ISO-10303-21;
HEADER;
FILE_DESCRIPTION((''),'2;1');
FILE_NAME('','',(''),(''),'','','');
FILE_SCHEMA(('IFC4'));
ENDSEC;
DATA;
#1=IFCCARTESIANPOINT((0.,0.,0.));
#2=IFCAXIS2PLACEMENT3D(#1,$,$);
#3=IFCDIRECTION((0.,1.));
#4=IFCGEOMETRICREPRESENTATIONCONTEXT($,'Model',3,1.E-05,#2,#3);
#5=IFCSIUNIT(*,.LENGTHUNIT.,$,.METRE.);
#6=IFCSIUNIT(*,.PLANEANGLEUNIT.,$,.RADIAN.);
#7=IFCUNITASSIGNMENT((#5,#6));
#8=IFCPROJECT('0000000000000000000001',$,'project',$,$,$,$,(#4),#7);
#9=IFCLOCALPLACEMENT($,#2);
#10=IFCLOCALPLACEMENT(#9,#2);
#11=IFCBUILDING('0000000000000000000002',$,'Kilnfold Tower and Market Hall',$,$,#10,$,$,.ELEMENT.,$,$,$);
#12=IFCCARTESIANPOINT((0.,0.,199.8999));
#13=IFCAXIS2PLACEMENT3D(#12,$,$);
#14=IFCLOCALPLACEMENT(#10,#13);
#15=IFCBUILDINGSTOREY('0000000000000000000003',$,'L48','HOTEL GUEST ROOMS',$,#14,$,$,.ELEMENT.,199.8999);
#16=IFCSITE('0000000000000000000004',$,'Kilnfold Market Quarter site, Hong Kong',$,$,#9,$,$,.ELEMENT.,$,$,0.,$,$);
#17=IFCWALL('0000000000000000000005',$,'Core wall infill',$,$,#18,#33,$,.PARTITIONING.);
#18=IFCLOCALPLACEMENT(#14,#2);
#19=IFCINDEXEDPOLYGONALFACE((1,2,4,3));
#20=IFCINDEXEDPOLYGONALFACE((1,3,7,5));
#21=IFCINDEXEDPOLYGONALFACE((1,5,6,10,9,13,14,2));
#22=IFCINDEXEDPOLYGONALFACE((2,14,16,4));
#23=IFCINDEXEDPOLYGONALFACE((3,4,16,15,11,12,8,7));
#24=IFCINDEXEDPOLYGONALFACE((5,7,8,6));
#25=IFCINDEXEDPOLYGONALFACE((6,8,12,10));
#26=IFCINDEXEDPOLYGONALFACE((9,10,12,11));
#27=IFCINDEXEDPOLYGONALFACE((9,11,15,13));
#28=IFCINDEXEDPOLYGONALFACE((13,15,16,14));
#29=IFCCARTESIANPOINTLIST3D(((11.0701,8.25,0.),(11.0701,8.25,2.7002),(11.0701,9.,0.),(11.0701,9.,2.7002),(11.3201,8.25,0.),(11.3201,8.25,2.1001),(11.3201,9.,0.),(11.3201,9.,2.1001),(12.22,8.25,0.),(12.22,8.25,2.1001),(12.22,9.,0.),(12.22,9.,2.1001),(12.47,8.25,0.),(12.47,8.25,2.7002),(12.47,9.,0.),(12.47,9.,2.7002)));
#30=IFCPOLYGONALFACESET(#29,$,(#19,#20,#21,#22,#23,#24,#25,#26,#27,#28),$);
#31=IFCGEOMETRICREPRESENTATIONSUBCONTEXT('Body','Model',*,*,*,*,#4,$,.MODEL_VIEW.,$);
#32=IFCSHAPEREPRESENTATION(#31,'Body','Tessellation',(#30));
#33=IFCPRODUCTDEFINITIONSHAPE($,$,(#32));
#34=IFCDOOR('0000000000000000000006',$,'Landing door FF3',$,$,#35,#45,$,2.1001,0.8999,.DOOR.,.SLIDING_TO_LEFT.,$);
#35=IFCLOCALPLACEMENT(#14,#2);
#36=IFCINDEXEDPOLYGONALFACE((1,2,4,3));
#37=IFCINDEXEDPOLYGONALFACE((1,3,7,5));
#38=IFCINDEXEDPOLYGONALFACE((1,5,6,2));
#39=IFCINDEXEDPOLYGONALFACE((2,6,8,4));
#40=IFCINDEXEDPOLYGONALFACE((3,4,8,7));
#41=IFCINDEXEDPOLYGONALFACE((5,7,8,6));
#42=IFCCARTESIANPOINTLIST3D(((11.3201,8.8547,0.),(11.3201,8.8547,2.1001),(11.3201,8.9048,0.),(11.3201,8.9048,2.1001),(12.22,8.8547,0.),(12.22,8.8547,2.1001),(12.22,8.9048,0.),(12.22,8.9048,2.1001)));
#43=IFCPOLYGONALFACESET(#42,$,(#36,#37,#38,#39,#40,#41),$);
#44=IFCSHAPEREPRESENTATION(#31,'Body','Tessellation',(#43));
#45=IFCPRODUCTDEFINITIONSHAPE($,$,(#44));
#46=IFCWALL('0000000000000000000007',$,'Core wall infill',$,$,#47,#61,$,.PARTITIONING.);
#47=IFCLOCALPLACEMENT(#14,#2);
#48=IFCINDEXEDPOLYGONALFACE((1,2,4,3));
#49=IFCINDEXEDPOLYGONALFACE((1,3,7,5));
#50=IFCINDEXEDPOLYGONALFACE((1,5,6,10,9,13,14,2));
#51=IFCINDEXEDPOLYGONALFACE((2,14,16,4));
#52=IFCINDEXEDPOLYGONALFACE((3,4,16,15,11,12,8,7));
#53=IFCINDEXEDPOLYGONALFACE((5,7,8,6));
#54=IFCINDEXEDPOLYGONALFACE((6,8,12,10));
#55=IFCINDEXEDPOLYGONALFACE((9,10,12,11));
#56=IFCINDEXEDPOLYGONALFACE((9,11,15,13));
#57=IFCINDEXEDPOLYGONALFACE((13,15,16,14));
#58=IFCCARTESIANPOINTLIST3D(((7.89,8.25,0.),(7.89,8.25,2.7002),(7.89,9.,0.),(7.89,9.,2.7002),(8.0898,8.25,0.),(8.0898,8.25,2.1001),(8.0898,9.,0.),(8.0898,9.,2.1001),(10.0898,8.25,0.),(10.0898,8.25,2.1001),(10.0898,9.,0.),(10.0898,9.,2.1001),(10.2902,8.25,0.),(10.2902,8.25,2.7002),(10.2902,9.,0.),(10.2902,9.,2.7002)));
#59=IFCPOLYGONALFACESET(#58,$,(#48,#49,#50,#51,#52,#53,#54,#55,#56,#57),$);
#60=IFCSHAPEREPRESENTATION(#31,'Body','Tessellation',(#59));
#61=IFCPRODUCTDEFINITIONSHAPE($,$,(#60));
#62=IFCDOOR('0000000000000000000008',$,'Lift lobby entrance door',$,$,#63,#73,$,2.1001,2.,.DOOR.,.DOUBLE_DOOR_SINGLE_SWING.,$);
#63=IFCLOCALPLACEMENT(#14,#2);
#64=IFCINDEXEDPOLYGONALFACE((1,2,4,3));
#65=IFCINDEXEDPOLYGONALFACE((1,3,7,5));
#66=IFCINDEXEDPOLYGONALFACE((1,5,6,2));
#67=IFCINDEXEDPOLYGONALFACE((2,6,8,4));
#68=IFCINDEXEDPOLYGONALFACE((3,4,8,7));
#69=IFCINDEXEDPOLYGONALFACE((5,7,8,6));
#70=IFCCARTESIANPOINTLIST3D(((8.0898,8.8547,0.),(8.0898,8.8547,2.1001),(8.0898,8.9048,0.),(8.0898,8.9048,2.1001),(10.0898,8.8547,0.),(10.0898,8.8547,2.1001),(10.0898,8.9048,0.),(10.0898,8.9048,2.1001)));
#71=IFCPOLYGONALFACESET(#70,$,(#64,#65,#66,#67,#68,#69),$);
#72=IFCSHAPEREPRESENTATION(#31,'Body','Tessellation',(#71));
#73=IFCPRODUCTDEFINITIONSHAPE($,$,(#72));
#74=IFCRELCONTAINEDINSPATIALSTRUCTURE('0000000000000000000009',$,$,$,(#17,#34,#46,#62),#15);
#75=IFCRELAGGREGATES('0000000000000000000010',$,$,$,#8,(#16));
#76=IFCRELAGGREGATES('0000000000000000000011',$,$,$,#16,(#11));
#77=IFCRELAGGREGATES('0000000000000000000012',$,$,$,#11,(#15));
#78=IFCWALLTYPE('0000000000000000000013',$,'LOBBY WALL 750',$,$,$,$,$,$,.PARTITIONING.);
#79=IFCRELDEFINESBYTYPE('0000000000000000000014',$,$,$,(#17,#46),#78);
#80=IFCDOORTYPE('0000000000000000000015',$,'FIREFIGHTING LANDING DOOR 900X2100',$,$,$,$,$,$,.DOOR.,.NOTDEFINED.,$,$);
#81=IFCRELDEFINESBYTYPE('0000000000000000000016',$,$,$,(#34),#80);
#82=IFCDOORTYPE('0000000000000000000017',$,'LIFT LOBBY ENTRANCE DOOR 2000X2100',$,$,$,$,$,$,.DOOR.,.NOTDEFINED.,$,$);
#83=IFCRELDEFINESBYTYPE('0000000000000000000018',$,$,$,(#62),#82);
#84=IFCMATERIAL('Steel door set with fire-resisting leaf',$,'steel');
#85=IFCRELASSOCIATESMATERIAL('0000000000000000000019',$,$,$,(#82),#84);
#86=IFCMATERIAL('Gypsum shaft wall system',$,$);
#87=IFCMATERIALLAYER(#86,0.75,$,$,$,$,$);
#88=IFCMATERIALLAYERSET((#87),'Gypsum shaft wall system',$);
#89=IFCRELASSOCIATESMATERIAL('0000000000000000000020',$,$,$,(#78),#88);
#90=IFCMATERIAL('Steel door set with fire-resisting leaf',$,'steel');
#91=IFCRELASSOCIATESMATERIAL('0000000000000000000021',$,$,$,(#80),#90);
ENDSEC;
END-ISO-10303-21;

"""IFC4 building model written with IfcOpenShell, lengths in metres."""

from ifc_helpers import new_model, si_unit, direction, frame, frame_2d, origin, place, context, subcontext, project, spatial, rectangle, extrude, source, transform, mapped, material, layer, layer_set, type_object, element, fill, save


model = new_model("IFC4")

# Units and contexts
model_context = context("Model", 3, precision=1e-05, world=origin(), true_north=direction((0.0, 1.0)))
body_context = subcontext(model_context, "Body", "Model", "MODEL_VIEW")
ifc_project = project(units=[si_unit("LENGTHUNIT", "METRE"), si_unit("PLANEANGLEUNIT", "RADIAN")], contexts=[model_context])

# Site, building, storey
site_placement = place(None, origin())
site = spatial("IfcSite", under=ifc_project, at=site_placement, Name="Kilnfold Market Quarter site, Hong Kong", CompositionType="ELEMENT", RefElevation=0.0)
building_placement = place(site_placement, origin())
building = spatial("IfcBuilding", under=site, at=building_placement, Name="Kilnfold Tower and Market Hall", CompositionType="ELEMENT")
storey_placement = place(building_placement, frame((0.0, 0.0, 199.8999)))
storey = spatial("IfcBuildingStorey", under=building, at=storey_placement, Name="L48", Description="HOTEL GUEST ROOMS", CompositionType="ELEMENT", Elevation=199.8999)

# Shared definitions
ifc_material_1 = material(Name="Steel door set with fire-resisting leaf", Category="steel")
door_type_1 = type_object("IfcDoorType", Name="LIFT LOBBY ENTRANCE DOOR 2000X2100", OperationType="NOTDEFINED", PredefinedType="DOOR", material=ifc_material_1)

# Walls, openings, doors
ifc_material_2 = material(Name="Gypsum shaft wall system")
ifc_layer_1 = layer(ifc_material_2, 0.75)
ifc_layer_set_1 = layer_set([ifc_layer_1], Name="Gypsum shaft wall system")
wall_type_1 = type_object("IfcWallType", Name="LOBBY WALL 750", PredefinedType="PARTITIONING", material=ifc_layer_set_1)
shared_shape_1 = source(origin(), body_context, "Body", "SweptSolid", [
    extrude(rectangle(XDim=1.3999, YDim=0.75, at=frame_2d((0.7, 0.0))), origin(), (0.0, 0.0, 1.0), 2.7002),
])
wall_1_placement = place(storey_placement, frame((11.0701, 8.625, 0.0), z_axis=(0.0, 0.0, 1.0), x_axis=(1.0, 0.0, 0.0)))
wall_1 = element("IfcWall", 1, at=wall_1_placement, inside=storey, type_object=wall_type_1, Name="Core wall infill", PredefinedType="PARTITIONING", context=body_context, shape_type="MappedRepresentation", body=[
    mapped(shared_shape_1, transform((0.0, 0.0, 0.0))),
])
opening_1_placement = place(wall_1_placement, frame((0.25, 0.0, 0.0)))
opening_1 = element("IfcOpeningElement", 2, at=opening_1_placement, cuts=wall_1, PredefinedType="OPENING", context=body_context, shape_type="SweptSolid", body=[
    extrude(rectangle(XDim=0.8999, YDim=2.1001, at=frame_2d((0.45, 1.05))), frame((0.0, 0.385, 0.0), z_axis=(0.0, -1.0, 0.0), x_axis=(1.0, 0.0, 0.0)), (0.0, 0.0, 1.0), 0.77),
])
ifc_material_3 = material(Name="Steel door set with fire-resisting leaf", Category="steel")
door_type_2 = type_object("IfcDoorType", Name="FIREFIGHTING LANDING DOOR 900X2100", OperationType="NOTDEFINED", PredefinedType="DOOR", material=ifc_material_3)
door_1_placement = place(opening_1_placement, origin())
door_1 = element("IfcDoor", 3, at=door_1_placement, inside=storey, type_object=door_type_2, Name="Landing door FF3", OperationType="SLIDING_TO_LEFT", OverallHeight=2.1001, OverallWidth=0.8999, PredefinedType="DOOR", context=body_context, shape_type="SweptSolid", body=[
    extrude(rectangle(XDim=0.8999, YDim=2.1001, at=frame_2d((0.45, 1.05))), frame((0.0, 0.2798, 0.0), z_axis=(0.0, -1.0, 0.0), x_axis=(1.0, 0.0, 0.0)), (0.0, 0.0, 1.0), 0.05),
])
fill(opening_1, door_1)
shared_shape_2 = source(origin(), body_context, "Body", "SweptSolid", [
    extrude(rectangle(XDim=2.4001, YDim=0.75, at=frame_2d((1.2002, 0.0))), origin(), (0.0, 0.0, 1.0), 2.7002),
])
wall_2_placement = place(storey_placement, frame((7.8899, 8.625, 0.0), z_axis=(0.0, 0.0, 1.0), x_axis=(1.0, 0.0, 0.0)))
wall_2 = element("IfcWall", 4, at=wall_2_placement, inside=storey, type_object=wall_type_1, Name="Core wall infill", PredefinedType="PARTITIONING", context=body_context, shape_type="MappedRepresentation", body=[
    mapped(shared_shape_2, transform((0.0, 0.0, 0.0))),
])
opening_2_placement = place(wall_2_placement, frame((0.2, 0.0, 0.0)))
opening_2 = element("IfcOpeningElement", 5, at=opening_2_placement, cuts=wall_2, PredefinedType="OPENING", context=body_context, shape_type="SweptSolid", body=[
    extrude(rectangle(XDim=2.0, YDim=2.1001, at=frame_2d((1.0, 1.05))), frame((0.0, 0.385, 0.0), z_axis=(0.0, -1.0, 0.0), x_axis=(1.0, 0.0, 0.0)), (0.0, 0.0, 1.0), 0.77),
])
door_2_placement = place(opening_2_placement, origin())
door_2 = element("IfcDoor", 6, at=door_2_placement, inside=storey, type_object=door_type_1, Name="Lift lobby entrance door", OperationType="DOUBLE_DOOR_SINGLE_SWING", OverallHeight=2.1001, OverallWidth=2.0, PredefinedType="DOOR", context=body_context, shape_type="SweptSolid", body=[
    extrude(rectangle(XDim=2.0, YDim=2.1001, at=frame_2d((1.0, 1.05))), frame((0.0, 0.2798, 0.0), z_axis=(0.0, -1.0, 0.0), x_axis=(1.0, 0.0, 0.0)), (0.0, 0.0, 1.0), 0.05),
])
fill(opening_2, door_2)

save(model, "model.ifc")
